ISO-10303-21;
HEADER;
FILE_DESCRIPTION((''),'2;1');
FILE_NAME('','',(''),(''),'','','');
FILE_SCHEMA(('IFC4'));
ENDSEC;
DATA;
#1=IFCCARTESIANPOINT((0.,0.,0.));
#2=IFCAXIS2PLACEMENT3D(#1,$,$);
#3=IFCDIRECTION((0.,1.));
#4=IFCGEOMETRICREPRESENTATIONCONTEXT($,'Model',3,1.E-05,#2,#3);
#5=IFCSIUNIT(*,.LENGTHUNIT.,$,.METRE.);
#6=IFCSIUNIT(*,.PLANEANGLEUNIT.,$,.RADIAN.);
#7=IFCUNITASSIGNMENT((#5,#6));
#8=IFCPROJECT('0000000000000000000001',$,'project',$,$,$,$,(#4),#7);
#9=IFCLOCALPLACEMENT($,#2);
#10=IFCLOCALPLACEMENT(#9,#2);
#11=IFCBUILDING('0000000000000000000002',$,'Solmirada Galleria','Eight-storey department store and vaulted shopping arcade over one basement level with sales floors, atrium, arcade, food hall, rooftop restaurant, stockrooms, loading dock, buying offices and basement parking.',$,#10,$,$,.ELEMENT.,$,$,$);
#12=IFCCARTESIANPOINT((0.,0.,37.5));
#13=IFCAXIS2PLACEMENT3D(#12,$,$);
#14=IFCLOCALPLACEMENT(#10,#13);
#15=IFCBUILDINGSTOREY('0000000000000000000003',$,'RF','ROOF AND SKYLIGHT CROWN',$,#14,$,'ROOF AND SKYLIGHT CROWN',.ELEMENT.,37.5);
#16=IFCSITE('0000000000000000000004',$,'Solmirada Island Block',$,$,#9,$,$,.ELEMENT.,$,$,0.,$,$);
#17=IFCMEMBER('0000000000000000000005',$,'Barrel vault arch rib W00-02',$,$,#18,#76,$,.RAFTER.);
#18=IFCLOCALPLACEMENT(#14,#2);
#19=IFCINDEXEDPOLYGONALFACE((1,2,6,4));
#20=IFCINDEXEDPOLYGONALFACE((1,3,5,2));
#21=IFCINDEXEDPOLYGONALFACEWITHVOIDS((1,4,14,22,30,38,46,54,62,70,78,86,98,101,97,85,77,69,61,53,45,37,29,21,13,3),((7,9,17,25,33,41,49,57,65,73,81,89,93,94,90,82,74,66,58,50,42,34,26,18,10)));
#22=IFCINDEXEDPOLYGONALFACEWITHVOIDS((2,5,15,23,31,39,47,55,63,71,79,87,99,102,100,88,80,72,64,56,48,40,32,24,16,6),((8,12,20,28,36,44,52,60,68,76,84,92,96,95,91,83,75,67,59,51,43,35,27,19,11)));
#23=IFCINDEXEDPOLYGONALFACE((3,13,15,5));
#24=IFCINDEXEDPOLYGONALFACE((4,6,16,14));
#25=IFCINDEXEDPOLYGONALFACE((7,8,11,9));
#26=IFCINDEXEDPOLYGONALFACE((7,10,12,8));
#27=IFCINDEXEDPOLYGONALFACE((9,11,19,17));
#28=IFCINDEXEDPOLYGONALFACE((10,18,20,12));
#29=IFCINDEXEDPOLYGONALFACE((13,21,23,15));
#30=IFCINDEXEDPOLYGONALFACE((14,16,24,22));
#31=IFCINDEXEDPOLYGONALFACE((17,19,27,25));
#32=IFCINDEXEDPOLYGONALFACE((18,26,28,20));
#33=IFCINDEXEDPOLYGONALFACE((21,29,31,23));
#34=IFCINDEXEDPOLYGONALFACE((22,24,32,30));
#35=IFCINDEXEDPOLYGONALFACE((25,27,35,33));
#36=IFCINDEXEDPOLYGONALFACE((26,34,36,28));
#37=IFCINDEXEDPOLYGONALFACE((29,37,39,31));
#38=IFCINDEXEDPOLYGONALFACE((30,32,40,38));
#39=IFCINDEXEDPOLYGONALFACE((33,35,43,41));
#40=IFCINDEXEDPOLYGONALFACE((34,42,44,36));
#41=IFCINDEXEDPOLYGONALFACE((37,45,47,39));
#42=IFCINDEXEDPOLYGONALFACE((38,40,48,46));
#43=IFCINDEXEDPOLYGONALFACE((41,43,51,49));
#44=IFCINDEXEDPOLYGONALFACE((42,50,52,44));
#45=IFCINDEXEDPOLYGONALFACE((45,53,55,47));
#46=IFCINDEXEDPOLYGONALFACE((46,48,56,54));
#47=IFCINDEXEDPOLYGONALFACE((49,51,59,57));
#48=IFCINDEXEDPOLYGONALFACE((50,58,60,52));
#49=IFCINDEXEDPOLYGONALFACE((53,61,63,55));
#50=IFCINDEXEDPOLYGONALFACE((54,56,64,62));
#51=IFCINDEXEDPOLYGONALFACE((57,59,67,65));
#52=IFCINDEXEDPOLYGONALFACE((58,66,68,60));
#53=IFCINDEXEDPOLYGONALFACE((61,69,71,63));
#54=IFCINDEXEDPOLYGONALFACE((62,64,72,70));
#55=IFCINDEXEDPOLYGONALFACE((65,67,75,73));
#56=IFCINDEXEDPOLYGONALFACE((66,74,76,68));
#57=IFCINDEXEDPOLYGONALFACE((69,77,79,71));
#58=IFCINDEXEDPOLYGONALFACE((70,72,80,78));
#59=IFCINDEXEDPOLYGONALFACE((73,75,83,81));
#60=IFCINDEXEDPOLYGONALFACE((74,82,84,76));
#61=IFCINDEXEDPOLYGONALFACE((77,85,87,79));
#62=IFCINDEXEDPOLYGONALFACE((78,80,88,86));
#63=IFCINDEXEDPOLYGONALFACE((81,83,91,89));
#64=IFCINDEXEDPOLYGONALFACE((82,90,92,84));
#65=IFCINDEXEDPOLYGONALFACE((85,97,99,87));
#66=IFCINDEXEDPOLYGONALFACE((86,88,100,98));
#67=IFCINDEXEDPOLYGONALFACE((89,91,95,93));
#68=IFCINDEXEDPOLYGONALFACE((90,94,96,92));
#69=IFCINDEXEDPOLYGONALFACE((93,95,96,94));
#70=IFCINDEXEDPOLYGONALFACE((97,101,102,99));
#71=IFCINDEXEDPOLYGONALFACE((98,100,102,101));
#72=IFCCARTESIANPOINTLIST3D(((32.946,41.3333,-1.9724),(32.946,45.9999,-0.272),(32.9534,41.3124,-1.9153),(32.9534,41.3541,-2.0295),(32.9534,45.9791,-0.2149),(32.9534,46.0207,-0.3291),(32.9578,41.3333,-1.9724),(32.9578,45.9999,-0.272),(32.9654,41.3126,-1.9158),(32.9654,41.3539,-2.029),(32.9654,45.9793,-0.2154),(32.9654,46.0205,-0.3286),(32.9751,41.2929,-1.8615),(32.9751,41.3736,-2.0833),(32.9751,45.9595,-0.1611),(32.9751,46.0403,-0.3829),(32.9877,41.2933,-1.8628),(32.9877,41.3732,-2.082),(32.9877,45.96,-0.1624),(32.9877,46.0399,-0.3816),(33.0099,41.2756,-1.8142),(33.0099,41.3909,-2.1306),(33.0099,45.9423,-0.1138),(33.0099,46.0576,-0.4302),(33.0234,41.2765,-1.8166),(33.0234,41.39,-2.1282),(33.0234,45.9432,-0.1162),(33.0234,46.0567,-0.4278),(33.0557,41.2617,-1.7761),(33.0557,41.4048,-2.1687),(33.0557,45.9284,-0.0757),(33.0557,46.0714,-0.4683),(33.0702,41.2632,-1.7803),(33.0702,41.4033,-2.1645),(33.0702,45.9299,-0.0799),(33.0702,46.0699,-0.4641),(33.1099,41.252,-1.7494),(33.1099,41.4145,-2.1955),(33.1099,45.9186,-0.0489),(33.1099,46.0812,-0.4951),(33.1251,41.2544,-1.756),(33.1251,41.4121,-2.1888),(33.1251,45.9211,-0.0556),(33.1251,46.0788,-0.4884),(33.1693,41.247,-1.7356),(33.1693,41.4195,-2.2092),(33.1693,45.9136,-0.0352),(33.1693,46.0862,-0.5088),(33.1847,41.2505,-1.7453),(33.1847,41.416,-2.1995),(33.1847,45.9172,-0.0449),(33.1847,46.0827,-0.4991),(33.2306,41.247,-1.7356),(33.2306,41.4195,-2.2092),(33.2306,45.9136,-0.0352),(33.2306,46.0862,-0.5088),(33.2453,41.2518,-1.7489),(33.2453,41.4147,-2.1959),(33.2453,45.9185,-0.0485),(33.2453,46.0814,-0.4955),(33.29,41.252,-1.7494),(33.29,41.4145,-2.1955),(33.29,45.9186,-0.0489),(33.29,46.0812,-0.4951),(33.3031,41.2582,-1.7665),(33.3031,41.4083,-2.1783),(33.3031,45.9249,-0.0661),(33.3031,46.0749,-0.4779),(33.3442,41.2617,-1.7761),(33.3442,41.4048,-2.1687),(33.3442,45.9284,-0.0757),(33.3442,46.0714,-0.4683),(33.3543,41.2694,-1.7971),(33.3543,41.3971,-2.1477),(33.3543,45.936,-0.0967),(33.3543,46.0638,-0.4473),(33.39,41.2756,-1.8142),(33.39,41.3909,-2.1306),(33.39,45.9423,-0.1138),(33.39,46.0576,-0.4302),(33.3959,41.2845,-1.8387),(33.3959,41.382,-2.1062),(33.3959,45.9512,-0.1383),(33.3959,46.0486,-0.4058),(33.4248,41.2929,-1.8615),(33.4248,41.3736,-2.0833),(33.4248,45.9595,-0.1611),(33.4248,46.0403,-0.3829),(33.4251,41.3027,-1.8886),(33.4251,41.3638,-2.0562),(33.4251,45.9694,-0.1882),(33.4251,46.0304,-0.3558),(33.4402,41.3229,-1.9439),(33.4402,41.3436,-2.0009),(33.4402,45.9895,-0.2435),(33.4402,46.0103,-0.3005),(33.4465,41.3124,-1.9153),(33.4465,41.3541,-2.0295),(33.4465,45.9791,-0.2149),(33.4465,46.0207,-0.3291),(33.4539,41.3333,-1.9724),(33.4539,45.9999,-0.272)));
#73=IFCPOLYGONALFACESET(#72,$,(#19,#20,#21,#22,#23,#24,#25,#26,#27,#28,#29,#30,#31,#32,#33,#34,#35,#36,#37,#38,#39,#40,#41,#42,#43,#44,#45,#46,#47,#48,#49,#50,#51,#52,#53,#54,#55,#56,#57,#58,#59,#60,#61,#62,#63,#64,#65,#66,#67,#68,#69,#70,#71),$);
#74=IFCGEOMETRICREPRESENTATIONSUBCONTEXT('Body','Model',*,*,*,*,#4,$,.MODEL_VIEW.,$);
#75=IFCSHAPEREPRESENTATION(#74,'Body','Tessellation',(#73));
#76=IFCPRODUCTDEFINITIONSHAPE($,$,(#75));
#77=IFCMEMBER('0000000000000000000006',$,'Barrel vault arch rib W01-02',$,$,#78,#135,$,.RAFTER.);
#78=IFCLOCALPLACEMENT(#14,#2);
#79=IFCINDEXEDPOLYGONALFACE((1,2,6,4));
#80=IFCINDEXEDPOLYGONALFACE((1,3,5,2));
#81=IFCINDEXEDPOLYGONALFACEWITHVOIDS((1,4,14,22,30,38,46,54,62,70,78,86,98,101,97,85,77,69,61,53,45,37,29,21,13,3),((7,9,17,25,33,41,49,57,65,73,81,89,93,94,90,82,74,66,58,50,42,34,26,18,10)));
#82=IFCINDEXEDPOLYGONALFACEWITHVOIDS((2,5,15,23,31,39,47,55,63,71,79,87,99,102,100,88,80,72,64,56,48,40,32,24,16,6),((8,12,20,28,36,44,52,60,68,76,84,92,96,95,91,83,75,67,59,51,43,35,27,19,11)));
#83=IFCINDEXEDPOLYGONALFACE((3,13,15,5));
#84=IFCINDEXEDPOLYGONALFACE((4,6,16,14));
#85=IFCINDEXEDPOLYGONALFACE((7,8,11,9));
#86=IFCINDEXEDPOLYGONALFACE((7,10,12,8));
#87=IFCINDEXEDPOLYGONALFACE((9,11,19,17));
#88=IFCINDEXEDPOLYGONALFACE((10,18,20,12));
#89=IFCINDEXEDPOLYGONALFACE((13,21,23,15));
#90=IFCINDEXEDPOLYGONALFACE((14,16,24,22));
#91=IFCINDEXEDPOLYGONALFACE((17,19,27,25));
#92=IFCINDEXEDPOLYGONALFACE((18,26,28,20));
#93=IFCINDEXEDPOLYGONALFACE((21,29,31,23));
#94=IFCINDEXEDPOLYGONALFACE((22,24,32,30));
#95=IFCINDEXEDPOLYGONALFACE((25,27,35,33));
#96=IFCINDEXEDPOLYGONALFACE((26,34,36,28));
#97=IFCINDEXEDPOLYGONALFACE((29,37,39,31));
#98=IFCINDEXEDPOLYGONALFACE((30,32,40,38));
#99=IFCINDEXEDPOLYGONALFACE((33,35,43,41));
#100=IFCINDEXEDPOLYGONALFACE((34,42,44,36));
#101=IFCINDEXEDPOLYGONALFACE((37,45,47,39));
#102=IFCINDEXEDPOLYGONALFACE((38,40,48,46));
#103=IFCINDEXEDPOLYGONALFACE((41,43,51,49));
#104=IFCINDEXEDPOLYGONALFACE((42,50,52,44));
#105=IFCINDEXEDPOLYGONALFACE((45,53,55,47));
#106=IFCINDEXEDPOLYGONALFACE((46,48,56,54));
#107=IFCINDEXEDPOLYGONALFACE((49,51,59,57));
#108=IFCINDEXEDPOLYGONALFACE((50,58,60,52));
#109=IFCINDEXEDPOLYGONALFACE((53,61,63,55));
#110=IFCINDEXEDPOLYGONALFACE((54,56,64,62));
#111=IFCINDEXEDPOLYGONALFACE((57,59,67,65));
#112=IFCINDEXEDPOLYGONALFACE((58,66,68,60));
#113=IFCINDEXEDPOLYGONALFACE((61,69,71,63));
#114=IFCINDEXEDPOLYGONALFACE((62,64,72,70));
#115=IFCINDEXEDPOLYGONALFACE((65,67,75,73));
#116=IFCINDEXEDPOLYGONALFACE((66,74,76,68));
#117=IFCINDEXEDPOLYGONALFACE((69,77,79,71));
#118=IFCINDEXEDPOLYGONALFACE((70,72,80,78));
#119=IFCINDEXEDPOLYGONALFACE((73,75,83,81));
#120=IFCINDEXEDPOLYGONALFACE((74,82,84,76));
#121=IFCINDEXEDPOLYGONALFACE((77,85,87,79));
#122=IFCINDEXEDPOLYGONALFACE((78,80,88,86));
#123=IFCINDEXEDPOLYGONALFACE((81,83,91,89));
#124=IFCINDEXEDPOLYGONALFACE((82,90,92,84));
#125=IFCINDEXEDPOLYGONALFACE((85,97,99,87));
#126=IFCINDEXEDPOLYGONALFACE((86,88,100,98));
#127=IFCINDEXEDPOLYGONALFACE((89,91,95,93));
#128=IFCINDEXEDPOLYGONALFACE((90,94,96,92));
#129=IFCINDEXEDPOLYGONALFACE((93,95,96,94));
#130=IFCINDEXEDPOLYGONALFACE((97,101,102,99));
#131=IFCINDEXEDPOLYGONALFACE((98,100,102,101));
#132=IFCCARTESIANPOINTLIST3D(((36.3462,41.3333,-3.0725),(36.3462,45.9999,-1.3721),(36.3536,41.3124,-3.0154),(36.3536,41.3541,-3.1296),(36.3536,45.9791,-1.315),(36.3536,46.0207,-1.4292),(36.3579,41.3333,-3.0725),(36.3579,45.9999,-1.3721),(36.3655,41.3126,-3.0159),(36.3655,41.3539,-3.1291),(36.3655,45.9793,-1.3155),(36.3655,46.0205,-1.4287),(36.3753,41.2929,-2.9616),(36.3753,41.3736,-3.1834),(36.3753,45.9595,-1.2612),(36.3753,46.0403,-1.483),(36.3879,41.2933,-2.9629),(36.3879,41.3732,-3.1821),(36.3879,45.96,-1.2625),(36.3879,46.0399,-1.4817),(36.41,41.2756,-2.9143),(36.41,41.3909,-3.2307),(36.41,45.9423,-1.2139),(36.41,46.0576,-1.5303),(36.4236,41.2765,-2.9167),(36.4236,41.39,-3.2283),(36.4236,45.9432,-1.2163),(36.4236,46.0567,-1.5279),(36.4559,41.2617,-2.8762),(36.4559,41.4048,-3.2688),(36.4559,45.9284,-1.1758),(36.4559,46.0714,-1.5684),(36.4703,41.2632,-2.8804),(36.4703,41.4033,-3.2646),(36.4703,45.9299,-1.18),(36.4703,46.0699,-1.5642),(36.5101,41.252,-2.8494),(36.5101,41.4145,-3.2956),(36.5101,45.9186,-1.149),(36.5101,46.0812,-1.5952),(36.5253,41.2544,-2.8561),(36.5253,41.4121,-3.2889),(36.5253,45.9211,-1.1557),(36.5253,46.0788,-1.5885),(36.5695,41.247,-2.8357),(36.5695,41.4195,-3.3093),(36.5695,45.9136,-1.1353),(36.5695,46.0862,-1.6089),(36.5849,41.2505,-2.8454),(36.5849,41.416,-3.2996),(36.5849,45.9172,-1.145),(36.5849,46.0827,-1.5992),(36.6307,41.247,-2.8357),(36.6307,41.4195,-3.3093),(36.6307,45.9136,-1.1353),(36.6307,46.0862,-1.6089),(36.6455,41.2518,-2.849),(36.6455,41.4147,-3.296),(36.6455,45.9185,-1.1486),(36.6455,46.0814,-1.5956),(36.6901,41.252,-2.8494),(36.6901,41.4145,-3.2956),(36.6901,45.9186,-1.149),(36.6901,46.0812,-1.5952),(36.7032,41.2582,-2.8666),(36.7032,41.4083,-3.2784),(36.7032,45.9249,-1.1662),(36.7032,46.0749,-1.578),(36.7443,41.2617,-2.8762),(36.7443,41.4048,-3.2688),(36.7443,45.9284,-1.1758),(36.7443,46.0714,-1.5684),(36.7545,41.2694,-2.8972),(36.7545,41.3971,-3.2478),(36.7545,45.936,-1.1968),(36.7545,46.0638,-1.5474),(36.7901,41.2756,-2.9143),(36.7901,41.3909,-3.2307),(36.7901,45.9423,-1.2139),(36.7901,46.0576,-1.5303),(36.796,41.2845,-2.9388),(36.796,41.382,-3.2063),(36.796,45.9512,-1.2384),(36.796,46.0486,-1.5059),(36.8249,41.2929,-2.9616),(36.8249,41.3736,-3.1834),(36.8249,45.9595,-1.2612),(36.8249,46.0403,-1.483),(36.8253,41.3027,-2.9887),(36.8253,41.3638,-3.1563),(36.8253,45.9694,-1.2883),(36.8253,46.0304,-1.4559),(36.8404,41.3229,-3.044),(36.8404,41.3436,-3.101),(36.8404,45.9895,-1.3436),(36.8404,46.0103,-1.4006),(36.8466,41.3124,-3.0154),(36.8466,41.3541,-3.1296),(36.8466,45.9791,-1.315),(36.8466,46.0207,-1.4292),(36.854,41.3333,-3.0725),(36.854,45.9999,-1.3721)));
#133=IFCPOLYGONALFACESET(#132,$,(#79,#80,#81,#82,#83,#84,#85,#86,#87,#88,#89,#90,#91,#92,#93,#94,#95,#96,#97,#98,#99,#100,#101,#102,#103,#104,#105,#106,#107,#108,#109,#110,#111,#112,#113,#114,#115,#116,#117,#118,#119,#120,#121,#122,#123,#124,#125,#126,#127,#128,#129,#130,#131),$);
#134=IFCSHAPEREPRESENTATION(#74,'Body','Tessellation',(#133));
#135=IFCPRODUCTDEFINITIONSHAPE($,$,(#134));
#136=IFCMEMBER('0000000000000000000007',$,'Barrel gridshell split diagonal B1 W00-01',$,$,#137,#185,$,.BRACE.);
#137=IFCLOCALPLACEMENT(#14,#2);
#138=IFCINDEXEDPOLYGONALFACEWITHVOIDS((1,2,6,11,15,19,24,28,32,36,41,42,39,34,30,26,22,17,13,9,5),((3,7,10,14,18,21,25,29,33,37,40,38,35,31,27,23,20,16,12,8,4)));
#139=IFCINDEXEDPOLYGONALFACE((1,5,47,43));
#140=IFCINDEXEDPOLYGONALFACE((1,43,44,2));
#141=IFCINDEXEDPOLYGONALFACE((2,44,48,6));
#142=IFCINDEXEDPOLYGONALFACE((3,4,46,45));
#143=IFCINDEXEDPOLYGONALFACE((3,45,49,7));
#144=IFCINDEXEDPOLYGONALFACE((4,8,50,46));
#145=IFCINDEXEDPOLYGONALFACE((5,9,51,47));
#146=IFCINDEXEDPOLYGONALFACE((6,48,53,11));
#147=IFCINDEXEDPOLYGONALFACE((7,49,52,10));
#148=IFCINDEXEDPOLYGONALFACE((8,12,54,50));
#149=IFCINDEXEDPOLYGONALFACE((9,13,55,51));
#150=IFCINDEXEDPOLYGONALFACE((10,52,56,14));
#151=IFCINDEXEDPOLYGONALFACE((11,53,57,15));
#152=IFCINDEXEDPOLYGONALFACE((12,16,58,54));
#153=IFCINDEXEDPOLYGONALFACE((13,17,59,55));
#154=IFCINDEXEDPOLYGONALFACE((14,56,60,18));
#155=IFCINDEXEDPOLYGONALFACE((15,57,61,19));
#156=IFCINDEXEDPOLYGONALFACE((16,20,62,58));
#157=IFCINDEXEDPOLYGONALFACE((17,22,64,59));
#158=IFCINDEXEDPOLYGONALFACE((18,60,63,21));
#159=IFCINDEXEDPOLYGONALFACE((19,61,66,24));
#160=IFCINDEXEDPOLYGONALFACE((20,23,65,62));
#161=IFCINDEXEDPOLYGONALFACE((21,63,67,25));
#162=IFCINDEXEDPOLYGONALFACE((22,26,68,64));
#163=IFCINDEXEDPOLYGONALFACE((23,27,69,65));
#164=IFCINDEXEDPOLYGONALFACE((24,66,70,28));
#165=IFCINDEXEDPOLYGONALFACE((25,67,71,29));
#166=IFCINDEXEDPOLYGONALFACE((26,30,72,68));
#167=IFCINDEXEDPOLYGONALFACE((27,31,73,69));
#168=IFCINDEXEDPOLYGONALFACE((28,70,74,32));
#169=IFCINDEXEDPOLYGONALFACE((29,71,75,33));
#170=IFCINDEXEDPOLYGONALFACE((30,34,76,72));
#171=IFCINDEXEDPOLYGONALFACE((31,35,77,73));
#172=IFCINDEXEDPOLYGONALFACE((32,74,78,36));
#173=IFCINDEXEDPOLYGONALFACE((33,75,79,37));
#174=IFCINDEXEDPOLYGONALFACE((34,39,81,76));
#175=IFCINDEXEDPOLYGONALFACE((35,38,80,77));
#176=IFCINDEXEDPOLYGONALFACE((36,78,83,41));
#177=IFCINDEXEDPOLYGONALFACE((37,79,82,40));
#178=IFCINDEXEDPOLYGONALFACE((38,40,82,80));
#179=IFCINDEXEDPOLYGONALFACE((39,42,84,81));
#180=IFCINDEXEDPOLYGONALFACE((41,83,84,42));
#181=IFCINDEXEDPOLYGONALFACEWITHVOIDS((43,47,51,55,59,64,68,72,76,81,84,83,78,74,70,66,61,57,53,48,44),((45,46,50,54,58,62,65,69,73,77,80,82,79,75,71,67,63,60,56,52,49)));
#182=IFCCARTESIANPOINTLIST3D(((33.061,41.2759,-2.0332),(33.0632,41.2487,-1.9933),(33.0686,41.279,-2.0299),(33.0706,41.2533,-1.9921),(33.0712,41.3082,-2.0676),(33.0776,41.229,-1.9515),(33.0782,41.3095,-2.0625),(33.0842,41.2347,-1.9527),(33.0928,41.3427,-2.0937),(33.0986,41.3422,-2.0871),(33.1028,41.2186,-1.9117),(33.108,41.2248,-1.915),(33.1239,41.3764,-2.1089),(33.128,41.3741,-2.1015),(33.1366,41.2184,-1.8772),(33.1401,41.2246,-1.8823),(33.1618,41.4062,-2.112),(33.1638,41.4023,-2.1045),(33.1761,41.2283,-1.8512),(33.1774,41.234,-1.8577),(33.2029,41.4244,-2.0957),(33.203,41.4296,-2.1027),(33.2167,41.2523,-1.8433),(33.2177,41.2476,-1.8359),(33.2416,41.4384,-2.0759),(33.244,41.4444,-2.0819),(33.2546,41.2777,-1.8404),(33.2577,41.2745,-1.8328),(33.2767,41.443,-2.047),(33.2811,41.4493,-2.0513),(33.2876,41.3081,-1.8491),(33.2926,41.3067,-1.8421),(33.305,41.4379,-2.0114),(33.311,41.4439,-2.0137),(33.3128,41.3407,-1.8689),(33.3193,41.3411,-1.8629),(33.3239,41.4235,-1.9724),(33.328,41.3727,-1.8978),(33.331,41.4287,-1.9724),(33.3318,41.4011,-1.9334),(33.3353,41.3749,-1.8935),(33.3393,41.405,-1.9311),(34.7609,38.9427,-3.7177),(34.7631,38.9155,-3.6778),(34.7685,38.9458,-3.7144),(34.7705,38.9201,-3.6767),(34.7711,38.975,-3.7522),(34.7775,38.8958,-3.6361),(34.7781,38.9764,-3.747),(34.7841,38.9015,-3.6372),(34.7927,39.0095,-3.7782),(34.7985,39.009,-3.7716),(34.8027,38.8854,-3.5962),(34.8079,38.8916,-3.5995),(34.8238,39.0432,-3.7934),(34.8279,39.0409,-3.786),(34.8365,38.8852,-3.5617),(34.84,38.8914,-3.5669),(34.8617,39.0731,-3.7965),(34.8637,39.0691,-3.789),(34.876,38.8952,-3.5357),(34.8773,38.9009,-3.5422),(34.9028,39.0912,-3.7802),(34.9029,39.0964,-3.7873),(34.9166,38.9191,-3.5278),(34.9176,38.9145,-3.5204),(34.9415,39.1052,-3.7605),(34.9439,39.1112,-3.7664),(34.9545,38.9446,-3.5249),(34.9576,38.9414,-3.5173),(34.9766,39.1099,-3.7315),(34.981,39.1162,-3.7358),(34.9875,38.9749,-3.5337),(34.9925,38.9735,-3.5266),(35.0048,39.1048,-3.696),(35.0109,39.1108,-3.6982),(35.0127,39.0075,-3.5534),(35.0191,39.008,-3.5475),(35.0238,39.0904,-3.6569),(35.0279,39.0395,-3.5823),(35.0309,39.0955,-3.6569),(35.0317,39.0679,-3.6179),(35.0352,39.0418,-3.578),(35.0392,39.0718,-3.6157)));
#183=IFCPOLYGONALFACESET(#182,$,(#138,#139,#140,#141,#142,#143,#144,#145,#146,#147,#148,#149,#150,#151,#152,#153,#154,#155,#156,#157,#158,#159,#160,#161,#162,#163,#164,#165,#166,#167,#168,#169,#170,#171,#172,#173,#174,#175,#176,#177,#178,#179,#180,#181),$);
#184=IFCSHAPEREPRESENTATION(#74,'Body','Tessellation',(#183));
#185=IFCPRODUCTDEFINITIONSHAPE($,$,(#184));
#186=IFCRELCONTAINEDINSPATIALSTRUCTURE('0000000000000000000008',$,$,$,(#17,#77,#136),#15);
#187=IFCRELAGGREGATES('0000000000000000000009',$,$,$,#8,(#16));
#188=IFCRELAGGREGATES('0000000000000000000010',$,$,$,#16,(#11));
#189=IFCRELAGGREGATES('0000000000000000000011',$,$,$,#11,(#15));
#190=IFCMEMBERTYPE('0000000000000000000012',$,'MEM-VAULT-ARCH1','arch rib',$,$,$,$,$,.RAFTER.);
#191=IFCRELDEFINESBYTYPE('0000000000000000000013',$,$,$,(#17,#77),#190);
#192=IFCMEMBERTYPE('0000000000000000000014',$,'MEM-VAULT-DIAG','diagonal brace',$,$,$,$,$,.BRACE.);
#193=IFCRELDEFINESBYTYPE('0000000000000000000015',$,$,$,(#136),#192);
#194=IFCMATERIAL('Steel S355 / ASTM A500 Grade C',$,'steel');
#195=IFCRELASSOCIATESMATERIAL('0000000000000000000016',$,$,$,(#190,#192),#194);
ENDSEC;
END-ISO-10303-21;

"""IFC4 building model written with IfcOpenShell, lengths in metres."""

from ifc_helpers import new_model, si_unit, direction, frame, origin, origin_2d, place, context, subcontext, project, spatial, hollow_circle, extrude, material, material_profile, profile_set, type_object, element, save


model = new_model("IFC4")

# Units and contexts
model_context = context("Model", 3, precision=1e-05, world=origin(), true_north=direction((0.0, 1.0)))
body_context = subcontext(model_context, "Body", "Model", "MODEL_VIEW")
ifc_project = project(units=[si_unit("LENGTHUNIT", "METRE"), si_unit("PLANEANGLEUNIT", "RADIAN")], contexts=[model_context])

# Site, building, storey
site_placement = place(None, origin())
site = spatial("IfcSite", under=ifc_project, at=site_placement, Name="Solmirada Island Block", CompositionType="ELEMENT", RefElevation=0.0)
building_placement = place(site_placement, origin())
building = spatial("IfcBuilding", under=site, at=building_placement, Name="Solmirada Galleria", Description="Eight-storey department store and vaulted shopping arcade over one basement level with sales floors, atrium, arcade, food hall, rooftop restaurant, stockrooms, loading dock, buying offices and basement parking.", CompositionType="ELEMENT")
storey_placement = place(building_placement, frame((0.0, 0.0, 37.5)))
storey = spatial("IfcBuildingStorey", under=building, at=storey_placement, Name="RF", Description="ROOF AND SKYLIGHT CROWN", LongName="ROOF AND SKYLIGHT CROWN", CompositionType="ELEMENT", Elevation=37.5)

# Members
ifc_material_1 = material(Name="Steel S355 / ASTM A500 Grade C", Category="steel")
ifc_material_profile_1 = material_profile(ifc_material_1, hollow_circle(Radius=0.2539, WallThickness=0.0117, at=origin_2d()), Name="HSS20.000X0.500")
ifc_profile_set_1 = profile_set([ifc_material_profile_1], Name="Steel S355 / ASTM A500 Grade C")
member_type_1 = type_object("IfcMemberType", Name="MEM-VAULT-ARCH1", Description="arch rib", PredefinedType="RAFTER", material=ifc_profile_set_1)
for number, where, z_axis, x_axis, name in (
    (1, (33.2, 41.3333, -1.9724), (0.0, 0.939571, 0.342355), (-1.0, 0.0, 0.0), "Barrel vault arch rib W00-02"),
    (2, (36.6001, 41.3333, -3.0725), (0.0, 0.939571, 0.342355), (-1.0, 0.0, 0.0), "Barrel vault arch rib W01-02"),
):
    element("IfcMember", number, at=place(storey_placement, frame(where, z_axis=z_axis, x_axis=x_axis)), inside=storey, type_object=member_type_1, Name=name, PredefinedType="RAFTER", context=body_context, shape_type="SweptSolid", body=[
        extrude(hollow_circle(Radius=0.2539, WallThickness=0.0117, at=origin_2d()), origin(), (0.0, 0.0, 1.0), 4.9668),
    ])
ifc_material_profile_2 = material_profile(ifc_material_1, hollow_circle(Radius=0.1621, WallThickness=0.0088, at=origin_2d()), Name="HSS12.750X0.375")
ifc_profile_set_2 = profile_set([ifc_material_profile_2], Name="Steel S355 / ASTM A500 Grade C")
member_type_2 = type_object("IfcMemberType", Name="MEM-VAULT-DIAG", Description="diagonal brace", PredefinedType="BRACE", material=ifc_profile_set_2)
member_1_placement = place(storey_placement, frame((33.2, 41.3333, -1.9724), z_axis=(0.508601, -0.698076, -0.503999), x_axis=(0.808235, 0.58886, 0.0)))
element("IfcMember", 3, at=member_1_placement, inside=storey, type_object=member_type_2, Name="Barrel gridshell split diagonal B1 W00-01", PredefinedType="BRACE", context=body_context, shape_type="SweptSolid", body=[
    extrude(hollow_circle(Radius=0.1621, WallThickness=0.0088, at=origin_2d()), origin(), (0.0, 0.0, 1.0), 3.3423),
])

save(model, "model.ifc")
